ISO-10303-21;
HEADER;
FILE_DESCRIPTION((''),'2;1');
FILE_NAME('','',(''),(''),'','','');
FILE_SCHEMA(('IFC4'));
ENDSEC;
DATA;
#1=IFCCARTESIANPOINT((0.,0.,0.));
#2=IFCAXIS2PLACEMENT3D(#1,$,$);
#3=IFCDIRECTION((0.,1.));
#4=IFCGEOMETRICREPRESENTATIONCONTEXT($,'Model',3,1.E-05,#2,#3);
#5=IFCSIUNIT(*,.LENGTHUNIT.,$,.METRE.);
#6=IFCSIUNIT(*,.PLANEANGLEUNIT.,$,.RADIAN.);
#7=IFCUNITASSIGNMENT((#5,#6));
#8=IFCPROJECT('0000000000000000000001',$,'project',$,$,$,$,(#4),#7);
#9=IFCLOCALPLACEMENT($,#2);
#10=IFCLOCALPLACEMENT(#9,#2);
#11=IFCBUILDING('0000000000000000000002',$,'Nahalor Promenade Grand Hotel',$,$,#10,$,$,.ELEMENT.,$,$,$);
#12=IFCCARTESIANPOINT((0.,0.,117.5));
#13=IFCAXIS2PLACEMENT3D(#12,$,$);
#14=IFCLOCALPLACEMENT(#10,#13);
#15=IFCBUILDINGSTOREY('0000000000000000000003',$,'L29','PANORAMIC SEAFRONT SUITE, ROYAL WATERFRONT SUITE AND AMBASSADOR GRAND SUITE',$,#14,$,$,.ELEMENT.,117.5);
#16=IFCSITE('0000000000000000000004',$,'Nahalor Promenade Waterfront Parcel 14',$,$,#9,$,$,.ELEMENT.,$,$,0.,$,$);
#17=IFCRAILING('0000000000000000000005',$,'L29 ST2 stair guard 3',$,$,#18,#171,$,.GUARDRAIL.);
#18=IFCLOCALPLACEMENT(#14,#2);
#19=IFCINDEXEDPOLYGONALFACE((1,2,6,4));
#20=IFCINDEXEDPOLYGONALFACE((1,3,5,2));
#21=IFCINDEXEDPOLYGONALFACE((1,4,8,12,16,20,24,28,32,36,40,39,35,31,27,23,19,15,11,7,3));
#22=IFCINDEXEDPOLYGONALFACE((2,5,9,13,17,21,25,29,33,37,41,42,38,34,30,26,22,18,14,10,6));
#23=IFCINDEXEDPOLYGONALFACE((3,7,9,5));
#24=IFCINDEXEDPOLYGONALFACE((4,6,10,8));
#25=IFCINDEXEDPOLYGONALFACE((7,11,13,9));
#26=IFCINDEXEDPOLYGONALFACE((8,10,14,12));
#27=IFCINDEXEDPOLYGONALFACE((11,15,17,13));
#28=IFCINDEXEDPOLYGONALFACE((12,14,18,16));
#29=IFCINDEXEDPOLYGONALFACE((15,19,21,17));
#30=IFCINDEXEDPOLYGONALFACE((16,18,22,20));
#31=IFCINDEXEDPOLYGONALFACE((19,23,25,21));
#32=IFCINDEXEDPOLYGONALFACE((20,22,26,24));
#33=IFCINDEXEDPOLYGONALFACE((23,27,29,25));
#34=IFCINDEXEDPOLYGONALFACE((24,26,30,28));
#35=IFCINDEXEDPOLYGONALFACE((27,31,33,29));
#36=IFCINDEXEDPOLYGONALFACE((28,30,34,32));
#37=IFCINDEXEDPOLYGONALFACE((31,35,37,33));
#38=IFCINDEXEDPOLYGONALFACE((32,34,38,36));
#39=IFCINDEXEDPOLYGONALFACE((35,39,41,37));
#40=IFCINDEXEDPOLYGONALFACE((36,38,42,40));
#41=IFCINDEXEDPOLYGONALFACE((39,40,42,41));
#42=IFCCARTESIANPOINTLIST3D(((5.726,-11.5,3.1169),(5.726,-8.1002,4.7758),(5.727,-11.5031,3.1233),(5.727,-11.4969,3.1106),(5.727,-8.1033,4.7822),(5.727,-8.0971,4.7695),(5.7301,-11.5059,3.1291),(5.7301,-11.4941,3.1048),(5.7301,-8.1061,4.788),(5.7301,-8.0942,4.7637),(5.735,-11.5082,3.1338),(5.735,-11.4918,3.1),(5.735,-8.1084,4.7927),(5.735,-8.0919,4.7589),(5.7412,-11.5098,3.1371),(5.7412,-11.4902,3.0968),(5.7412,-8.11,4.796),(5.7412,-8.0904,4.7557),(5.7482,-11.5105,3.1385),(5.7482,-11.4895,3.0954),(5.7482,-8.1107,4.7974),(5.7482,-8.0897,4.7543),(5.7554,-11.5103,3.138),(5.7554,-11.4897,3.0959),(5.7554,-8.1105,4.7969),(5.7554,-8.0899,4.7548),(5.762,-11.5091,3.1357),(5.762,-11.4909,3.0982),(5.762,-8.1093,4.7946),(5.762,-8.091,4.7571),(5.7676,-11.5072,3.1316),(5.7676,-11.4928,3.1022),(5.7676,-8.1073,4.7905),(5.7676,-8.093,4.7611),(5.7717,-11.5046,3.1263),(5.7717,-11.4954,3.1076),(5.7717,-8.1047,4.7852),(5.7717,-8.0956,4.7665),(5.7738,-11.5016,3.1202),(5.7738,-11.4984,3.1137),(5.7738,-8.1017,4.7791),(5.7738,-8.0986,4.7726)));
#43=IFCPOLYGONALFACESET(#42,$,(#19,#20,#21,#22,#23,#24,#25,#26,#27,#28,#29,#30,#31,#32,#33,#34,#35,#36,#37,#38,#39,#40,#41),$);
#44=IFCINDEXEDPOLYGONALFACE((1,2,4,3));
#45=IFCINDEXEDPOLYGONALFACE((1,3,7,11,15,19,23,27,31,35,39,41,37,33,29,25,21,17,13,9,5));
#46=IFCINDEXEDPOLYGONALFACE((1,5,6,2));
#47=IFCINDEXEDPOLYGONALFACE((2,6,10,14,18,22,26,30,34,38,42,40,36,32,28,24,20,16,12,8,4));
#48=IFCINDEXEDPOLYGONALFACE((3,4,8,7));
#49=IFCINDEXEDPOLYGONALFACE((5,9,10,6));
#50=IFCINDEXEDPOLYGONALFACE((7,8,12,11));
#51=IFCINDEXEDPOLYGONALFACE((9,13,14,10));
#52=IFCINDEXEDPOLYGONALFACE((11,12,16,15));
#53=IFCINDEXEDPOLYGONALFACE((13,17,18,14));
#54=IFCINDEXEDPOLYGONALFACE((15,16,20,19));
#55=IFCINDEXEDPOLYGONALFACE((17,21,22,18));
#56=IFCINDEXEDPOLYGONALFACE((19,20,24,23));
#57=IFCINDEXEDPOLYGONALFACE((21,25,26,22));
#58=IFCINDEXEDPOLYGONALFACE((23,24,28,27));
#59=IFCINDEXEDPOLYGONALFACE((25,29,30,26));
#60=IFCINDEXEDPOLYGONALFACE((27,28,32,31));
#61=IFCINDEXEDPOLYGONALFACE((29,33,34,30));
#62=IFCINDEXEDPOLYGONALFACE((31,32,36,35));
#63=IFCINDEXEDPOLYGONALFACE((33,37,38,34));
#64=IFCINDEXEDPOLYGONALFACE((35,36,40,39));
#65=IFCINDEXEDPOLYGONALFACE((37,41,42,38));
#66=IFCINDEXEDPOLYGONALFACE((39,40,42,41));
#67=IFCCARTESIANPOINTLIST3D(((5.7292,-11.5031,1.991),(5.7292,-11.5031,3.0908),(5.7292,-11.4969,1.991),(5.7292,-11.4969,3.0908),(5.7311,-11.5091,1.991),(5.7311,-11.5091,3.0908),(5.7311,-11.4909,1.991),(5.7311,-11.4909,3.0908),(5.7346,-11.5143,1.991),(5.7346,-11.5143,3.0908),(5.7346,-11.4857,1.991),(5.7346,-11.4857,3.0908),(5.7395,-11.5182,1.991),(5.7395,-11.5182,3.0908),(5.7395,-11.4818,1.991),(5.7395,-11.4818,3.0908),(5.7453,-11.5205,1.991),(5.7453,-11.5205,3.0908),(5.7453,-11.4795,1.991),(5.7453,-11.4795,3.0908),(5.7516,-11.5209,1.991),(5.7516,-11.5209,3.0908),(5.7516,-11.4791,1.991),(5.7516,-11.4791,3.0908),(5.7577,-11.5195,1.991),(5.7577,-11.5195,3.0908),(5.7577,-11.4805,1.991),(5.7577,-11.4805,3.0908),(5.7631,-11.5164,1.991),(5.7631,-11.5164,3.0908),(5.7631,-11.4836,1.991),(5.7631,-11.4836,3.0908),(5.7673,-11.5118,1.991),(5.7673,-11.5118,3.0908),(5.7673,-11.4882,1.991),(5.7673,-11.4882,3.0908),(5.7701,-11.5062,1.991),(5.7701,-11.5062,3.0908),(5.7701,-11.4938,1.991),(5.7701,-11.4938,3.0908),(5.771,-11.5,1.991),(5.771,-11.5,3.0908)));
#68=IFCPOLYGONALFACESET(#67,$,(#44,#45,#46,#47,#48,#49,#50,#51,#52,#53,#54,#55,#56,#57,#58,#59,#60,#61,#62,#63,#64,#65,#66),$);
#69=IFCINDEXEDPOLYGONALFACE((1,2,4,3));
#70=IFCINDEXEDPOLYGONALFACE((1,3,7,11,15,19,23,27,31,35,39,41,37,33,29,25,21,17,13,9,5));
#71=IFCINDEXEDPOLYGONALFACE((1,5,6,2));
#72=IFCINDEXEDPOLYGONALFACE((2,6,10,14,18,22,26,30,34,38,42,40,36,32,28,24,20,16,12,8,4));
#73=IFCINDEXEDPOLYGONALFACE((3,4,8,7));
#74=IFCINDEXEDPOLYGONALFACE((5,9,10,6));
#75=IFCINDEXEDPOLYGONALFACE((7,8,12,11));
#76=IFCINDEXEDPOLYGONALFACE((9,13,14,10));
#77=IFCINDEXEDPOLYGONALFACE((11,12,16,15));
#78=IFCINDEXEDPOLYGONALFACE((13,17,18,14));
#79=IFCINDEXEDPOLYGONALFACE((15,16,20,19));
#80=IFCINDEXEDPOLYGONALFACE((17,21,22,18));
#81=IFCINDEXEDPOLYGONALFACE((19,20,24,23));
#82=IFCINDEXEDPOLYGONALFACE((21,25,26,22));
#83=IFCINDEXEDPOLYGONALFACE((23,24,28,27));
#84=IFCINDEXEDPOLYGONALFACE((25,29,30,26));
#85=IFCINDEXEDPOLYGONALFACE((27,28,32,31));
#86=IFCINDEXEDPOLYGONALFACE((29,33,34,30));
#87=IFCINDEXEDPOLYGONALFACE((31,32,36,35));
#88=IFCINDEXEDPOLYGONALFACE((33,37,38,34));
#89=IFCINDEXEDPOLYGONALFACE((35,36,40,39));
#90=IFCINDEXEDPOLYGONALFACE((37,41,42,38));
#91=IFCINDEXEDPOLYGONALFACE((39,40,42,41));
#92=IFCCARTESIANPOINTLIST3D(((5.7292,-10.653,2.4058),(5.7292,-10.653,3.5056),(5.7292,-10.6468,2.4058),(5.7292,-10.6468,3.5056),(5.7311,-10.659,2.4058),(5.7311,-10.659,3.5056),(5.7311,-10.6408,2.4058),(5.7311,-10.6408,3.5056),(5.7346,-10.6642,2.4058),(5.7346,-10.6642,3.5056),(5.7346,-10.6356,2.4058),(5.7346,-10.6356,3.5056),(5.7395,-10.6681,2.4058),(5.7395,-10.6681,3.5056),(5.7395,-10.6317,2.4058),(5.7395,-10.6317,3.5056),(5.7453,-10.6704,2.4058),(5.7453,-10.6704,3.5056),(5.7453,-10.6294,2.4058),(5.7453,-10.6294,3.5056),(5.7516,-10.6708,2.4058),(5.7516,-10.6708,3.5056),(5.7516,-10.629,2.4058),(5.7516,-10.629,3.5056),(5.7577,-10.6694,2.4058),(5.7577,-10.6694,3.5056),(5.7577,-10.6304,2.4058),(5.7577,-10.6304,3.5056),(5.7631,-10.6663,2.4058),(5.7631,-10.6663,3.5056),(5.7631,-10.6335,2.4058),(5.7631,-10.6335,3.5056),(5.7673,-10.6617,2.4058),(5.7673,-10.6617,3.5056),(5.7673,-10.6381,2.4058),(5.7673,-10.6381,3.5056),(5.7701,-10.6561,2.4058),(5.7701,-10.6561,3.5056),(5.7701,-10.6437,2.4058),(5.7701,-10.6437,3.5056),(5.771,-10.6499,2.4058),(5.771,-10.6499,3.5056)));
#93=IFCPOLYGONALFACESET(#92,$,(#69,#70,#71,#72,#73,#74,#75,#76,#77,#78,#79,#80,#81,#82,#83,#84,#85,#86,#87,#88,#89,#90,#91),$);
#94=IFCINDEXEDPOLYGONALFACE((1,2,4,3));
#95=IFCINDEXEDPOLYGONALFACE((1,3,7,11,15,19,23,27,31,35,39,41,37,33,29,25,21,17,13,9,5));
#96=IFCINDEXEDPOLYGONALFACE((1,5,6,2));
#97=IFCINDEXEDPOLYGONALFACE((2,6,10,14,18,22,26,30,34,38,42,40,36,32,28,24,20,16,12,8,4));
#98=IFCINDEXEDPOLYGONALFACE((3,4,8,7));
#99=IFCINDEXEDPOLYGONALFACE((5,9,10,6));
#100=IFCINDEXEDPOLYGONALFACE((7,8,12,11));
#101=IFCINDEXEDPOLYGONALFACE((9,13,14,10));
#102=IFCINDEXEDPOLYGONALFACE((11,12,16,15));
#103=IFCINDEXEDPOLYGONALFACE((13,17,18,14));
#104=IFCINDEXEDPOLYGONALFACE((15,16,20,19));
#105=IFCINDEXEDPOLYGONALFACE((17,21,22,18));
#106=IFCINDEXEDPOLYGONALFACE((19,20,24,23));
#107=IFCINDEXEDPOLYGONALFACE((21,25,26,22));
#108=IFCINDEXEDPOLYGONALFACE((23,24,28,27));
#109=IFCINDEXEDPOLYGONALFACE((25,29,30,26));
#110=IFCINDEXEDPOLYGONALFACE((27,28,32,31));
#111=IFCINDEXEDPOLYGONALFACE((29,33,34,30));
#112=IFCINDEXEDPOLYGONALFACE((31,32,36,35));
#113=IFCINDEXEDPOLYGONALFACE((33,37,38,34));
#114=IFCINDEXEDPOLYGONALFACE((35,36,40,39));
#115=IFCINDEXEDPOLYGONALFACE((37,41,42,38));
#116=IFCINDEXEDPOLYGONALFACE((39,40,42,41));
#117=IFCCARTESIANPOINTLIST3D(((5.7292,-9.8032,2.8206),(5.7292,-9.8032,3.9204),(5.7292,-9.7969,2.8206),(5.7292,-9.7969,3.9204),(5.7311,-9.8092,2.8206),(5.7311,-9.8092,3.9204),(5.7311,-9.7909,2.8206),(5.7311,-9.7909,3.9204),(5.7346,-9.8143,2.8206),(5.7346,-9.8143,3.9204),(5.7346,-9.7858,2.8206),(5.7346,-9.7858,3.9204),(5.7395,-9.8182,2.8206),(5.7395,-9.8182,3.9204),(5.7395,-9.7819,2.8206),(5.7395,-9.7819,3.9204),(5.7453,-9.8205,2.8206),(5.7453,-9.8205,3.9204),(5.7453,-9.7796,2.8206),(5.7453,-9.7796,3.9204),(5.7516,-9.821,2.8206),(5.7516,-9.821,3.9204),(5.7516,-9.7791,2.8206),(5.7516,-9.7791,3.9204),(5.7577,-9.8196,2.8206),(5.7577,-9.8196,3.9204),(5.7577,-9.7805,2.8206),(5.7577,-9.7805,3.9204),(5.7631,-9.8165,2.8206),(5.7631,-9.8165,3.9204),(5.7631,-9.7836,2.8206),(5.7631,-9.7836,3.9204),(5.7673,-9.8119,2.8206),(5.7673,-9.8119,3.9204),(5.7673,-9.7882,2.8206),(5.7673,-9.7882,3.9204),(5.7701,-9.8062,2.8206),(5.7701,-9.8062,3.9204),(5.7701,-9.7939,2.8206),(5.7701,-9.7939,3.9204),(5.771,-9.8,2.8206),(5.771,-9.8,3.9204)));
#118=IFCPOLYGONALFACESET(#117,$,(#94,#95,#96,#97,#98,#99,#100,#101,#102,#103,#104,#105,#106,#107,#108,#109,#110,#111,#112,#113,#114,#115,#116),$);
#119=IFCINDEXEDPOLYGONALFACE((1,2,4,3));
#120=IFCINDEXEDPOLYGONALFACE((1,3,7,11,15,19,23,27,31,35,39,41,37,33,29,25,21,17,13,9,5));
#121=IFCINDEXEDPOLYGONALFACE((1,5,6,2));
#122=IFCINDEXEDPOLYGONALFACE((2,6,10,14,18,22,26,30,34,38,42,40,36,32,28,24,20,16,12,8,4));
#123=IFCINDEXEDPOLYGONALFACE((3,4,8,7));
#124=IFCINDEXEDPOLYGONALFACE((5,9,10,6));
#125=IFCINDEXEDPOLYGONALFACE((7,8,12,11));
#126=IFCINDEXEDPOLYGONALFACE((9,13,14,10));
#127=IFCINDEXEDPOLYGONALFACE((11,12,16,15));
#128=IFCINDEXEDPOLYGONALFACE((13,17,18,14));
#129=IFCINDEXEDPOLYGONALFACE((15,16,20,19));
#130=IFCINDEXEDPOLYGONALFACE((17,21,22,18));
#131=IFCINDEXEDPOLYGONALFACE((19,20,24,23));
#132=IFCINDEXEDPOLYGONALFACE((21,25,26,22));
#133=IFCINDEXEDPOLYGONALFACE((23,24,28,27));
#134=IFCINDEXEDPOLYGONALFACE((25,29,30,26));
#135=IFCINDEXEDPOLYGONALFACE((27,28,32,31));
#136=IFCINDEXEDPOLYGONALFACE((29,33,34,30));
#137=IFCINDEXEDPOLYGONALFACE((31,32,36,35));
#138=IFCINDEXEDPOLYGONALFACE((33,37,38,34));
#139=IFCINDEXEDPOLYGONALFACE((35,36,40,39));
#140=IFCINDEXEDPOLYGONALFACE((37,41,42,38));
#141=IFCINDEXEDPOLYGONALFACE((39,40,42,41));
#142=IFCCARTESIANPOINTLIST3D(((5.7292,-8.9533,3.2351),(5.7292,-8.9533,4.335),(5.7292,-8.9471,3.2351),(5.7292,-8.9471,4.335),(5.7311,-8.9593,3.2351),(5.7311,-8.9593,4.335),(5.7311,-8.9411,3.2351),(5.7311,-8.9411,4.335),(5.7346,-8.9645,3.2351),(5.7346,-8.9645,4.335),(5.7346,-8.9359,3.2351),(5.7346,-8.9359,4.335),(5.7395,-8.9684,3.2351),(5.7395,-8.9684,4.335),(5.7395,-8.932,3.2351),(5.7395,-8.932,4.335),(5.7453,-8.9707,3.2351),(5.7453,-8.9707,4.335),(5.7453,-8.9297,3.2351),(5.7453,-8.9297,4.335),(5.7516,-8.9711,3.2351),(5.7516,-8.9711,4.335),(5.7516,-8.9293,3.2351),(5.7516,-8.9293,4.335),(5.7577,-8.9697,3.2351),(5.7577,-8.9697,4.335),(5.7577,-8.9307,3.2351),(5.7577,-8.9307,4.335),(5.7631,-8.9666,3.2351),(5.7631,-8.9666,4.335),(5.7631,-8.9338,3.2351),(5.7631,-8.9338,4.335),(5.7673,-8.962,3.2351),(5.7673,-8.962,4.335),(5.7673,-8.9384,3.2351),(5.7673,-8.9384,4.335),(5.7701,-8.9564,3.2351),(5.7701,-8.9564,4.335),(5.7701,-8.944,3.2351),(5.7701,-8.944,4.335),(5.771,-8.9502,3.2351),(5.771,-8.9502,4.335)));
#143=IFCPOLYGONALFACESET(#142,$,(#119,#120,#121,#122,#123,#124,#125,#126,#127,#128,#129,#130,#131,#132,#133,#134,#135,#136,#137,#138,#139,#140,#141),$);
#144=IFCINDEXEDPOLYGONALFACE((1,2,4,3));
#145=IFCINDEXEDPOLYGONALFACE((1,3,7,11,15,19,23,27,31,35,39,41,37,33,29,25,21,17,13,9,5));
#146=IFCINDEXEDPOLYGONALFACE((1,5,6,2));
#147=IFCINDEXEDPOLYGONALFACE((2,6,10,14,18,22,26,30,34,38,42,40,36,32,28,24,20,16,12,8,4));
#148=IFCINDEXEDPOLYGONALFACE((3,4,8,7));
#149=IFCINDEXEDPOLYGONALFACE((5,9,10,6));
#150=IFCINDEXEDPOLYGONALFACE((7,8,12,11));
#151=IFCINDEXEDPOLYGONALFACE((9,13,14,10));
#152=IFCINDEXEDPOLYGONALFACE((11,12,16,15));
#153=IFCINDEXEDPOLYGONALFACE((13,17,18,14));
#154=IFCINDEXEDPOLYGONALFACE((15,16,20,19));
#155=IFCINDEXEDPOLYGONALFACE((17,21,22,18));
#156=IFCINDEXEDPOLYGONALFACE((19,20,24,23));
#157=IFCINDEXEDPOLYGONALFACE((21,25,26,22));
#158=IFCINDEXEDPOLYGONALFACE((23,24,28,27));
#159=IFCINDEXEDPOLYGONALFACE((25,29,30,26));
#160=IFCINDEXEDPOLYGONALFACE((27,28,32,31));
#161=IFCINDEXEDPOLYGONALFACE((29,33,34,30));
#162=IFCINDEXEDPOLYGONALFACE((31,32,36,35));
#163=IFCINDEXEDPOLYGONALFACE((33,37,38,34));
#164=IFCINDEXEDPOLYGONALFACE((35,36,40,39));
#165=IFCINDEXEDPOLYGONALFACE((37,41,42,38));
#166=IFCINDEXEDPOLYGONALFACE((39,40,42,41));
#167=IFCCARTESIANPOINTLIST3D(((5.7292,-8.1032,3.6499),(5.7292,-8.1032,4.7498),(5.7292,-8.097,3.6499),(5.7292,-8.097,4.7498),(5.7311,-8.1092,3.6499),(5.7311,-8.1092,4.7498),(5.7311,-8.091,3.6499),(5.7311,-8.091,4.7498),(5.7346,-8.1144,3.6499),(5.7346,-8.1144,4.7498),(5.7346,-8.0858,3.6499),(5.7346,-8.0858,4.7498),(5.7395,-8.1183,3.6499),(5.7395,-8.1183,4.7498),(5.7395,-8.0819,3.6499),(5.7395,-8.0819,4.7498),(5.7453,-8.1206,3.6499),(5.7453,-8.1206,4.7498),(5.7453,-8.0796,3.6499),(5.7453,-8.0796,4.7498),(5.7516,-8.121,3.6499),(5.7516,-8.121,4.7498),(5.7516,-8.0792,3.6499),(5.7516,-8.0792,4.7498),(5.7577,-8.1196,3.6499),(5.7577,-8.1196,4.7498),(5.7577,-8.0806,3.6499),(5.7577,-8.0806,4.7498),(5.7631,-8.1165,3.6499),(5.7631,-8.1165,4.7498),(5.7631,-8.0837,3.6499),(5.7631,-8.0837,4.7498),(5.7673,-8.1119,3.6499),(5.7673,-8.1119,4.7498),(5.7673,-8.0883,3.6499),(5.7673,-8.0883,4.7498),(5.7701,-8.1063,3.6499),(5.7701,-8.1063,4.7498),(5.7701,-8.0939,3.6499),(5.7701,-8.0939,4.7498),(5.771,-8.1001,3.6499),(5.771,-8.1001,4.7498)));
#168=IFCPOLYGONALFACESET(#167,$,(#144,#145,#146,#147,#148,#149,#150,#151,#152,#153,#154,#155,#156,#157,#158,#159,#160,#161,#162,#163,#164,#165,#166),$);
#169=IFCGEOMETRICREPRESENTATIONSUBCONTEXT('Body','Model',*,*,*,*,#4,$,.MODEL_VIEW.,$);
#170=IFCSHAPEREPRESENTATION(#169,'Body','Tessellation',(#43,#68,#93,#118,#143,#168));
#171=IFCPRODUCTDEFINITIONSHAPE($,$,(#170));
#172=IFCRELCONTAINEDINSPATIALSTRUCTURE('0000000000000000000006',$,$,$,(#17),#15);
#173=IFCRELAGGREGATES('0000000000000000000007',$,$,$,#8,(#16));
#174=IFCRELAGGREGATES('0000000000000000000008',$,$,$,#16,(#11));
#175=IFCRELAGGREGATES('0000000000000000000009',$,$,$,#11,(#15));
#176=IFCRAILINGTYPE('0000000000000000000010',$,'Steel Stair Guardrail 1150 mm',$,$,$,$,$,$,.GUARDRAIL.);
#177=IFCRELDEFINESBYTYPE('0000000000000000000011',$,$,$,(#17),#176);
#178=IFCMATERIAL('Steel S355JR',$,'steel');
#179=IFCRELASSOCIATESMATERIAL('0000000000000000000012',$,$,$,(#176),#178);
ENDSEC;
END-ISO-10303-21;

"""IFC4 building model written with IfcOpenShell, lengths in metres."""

from ifc_helpers import new_model, si_unit, direction, frame, origin, origin_2d, place, context, subcontext, project, spatial, circle, extrude, material, type_object, element, save


model = new_model("IFC4")

# Units and contexts
model_context = context("Model", 3, precision=1e-05, world=origin(), true_north=direction((0.0, 1.0)))
body_context = subcontext(model_context, "Body", "Model", "MODEL_VIEW")
ifc_project = project(units=[si_unit("LENGTHUNIT", "METRE"), si_unit("PLANEANGLEUNIT", "RADIAN")], contexts=[model_context])

# Site, building, storey
site_placement = place(None, origin())
site = spatial("IfcSite", under=ifc_project, at=site_placement, Name="Nahalor Promenade Waterfront Parcel 14", CompositionType="ELEMENT", RefElevation=0.0)
building_placement = place(site_placement, origin())
building = spatial("IfcBuilding", under=site, at=building_placement, Name="Nahalor Promenade Grand Hotel", CompositionType="ELEMENT")
storey_placement = place(building_placement, frame((0.0, 0.0, 117.5)))
storey = spatial("IfcBuildingStorey", under=building, at=storey_placement, Name="L29", Description="PANORAMIC SEAFRONT SUITE, ROYAL WATERFRONT SUITE AND AMBASSADOR GRAND SUITE", CompositionType="ELEMENT", Elevation=117.5)

# Shared definitions
ifc_material_1 = material(Name="Steel S355JR", Category="steel")

# Railing
railing_type_1 = type_object("IfcRailingType", Name="Steel Stair Guardrail 1150 mm", PredefinedType="GUARDRAIL", material=ifc_material_1)
railing_1_placement = place(storey_placement, frame((5.75, -11.5, 1.991)))
element("IfcRailing", 1, at=railing_1_placement, inside=storey, type_object=railing_type_1, Name="L29 ST2 stair guard 3", PredefinedType="GUARDRAIL", context=body_context, shape_type="SweptSolid", body=[
    extrude(circle(Radius=0.024, at=origin_2d()), frame((0.0, 0.0, 1.126), z_axis=(0.0, 0.898722, 0.438519), x_axis=(-1.0, 0.0, 0.0)), (0.0, 0.0, 1.0), 3.783),
    extrude(circle(Radius=0.021, at=origin_2d()), origin(), (0.0, 0.0, 1.0), 1.0999),
    extrude(circle(Radius=0.021, at=origin_2d()), frame((0.0, 0.8501, 0.4148)), (0.0, 0.0, 1.0), 1.0999),
    extrude(circle(Radius=0.021, at=origin_2d()), frame((0.0, 1.7, 0.8296)), (0.0, 0.0, 1.0), 1.0999),
    extrude(circle(Radius=0.021, at=origin_2d()), frame((0.0, 2.5498, 1.2441)), (0.0, 0.0, 1.0), 1.0999),
    extrude(circle(Radius=0.021, at=origin_2d()), frame((0.0, 3.3999, 1.6589)), (0.0, 0.0, 1.0), 1.0999),
])

save(model, "model.ifc")
